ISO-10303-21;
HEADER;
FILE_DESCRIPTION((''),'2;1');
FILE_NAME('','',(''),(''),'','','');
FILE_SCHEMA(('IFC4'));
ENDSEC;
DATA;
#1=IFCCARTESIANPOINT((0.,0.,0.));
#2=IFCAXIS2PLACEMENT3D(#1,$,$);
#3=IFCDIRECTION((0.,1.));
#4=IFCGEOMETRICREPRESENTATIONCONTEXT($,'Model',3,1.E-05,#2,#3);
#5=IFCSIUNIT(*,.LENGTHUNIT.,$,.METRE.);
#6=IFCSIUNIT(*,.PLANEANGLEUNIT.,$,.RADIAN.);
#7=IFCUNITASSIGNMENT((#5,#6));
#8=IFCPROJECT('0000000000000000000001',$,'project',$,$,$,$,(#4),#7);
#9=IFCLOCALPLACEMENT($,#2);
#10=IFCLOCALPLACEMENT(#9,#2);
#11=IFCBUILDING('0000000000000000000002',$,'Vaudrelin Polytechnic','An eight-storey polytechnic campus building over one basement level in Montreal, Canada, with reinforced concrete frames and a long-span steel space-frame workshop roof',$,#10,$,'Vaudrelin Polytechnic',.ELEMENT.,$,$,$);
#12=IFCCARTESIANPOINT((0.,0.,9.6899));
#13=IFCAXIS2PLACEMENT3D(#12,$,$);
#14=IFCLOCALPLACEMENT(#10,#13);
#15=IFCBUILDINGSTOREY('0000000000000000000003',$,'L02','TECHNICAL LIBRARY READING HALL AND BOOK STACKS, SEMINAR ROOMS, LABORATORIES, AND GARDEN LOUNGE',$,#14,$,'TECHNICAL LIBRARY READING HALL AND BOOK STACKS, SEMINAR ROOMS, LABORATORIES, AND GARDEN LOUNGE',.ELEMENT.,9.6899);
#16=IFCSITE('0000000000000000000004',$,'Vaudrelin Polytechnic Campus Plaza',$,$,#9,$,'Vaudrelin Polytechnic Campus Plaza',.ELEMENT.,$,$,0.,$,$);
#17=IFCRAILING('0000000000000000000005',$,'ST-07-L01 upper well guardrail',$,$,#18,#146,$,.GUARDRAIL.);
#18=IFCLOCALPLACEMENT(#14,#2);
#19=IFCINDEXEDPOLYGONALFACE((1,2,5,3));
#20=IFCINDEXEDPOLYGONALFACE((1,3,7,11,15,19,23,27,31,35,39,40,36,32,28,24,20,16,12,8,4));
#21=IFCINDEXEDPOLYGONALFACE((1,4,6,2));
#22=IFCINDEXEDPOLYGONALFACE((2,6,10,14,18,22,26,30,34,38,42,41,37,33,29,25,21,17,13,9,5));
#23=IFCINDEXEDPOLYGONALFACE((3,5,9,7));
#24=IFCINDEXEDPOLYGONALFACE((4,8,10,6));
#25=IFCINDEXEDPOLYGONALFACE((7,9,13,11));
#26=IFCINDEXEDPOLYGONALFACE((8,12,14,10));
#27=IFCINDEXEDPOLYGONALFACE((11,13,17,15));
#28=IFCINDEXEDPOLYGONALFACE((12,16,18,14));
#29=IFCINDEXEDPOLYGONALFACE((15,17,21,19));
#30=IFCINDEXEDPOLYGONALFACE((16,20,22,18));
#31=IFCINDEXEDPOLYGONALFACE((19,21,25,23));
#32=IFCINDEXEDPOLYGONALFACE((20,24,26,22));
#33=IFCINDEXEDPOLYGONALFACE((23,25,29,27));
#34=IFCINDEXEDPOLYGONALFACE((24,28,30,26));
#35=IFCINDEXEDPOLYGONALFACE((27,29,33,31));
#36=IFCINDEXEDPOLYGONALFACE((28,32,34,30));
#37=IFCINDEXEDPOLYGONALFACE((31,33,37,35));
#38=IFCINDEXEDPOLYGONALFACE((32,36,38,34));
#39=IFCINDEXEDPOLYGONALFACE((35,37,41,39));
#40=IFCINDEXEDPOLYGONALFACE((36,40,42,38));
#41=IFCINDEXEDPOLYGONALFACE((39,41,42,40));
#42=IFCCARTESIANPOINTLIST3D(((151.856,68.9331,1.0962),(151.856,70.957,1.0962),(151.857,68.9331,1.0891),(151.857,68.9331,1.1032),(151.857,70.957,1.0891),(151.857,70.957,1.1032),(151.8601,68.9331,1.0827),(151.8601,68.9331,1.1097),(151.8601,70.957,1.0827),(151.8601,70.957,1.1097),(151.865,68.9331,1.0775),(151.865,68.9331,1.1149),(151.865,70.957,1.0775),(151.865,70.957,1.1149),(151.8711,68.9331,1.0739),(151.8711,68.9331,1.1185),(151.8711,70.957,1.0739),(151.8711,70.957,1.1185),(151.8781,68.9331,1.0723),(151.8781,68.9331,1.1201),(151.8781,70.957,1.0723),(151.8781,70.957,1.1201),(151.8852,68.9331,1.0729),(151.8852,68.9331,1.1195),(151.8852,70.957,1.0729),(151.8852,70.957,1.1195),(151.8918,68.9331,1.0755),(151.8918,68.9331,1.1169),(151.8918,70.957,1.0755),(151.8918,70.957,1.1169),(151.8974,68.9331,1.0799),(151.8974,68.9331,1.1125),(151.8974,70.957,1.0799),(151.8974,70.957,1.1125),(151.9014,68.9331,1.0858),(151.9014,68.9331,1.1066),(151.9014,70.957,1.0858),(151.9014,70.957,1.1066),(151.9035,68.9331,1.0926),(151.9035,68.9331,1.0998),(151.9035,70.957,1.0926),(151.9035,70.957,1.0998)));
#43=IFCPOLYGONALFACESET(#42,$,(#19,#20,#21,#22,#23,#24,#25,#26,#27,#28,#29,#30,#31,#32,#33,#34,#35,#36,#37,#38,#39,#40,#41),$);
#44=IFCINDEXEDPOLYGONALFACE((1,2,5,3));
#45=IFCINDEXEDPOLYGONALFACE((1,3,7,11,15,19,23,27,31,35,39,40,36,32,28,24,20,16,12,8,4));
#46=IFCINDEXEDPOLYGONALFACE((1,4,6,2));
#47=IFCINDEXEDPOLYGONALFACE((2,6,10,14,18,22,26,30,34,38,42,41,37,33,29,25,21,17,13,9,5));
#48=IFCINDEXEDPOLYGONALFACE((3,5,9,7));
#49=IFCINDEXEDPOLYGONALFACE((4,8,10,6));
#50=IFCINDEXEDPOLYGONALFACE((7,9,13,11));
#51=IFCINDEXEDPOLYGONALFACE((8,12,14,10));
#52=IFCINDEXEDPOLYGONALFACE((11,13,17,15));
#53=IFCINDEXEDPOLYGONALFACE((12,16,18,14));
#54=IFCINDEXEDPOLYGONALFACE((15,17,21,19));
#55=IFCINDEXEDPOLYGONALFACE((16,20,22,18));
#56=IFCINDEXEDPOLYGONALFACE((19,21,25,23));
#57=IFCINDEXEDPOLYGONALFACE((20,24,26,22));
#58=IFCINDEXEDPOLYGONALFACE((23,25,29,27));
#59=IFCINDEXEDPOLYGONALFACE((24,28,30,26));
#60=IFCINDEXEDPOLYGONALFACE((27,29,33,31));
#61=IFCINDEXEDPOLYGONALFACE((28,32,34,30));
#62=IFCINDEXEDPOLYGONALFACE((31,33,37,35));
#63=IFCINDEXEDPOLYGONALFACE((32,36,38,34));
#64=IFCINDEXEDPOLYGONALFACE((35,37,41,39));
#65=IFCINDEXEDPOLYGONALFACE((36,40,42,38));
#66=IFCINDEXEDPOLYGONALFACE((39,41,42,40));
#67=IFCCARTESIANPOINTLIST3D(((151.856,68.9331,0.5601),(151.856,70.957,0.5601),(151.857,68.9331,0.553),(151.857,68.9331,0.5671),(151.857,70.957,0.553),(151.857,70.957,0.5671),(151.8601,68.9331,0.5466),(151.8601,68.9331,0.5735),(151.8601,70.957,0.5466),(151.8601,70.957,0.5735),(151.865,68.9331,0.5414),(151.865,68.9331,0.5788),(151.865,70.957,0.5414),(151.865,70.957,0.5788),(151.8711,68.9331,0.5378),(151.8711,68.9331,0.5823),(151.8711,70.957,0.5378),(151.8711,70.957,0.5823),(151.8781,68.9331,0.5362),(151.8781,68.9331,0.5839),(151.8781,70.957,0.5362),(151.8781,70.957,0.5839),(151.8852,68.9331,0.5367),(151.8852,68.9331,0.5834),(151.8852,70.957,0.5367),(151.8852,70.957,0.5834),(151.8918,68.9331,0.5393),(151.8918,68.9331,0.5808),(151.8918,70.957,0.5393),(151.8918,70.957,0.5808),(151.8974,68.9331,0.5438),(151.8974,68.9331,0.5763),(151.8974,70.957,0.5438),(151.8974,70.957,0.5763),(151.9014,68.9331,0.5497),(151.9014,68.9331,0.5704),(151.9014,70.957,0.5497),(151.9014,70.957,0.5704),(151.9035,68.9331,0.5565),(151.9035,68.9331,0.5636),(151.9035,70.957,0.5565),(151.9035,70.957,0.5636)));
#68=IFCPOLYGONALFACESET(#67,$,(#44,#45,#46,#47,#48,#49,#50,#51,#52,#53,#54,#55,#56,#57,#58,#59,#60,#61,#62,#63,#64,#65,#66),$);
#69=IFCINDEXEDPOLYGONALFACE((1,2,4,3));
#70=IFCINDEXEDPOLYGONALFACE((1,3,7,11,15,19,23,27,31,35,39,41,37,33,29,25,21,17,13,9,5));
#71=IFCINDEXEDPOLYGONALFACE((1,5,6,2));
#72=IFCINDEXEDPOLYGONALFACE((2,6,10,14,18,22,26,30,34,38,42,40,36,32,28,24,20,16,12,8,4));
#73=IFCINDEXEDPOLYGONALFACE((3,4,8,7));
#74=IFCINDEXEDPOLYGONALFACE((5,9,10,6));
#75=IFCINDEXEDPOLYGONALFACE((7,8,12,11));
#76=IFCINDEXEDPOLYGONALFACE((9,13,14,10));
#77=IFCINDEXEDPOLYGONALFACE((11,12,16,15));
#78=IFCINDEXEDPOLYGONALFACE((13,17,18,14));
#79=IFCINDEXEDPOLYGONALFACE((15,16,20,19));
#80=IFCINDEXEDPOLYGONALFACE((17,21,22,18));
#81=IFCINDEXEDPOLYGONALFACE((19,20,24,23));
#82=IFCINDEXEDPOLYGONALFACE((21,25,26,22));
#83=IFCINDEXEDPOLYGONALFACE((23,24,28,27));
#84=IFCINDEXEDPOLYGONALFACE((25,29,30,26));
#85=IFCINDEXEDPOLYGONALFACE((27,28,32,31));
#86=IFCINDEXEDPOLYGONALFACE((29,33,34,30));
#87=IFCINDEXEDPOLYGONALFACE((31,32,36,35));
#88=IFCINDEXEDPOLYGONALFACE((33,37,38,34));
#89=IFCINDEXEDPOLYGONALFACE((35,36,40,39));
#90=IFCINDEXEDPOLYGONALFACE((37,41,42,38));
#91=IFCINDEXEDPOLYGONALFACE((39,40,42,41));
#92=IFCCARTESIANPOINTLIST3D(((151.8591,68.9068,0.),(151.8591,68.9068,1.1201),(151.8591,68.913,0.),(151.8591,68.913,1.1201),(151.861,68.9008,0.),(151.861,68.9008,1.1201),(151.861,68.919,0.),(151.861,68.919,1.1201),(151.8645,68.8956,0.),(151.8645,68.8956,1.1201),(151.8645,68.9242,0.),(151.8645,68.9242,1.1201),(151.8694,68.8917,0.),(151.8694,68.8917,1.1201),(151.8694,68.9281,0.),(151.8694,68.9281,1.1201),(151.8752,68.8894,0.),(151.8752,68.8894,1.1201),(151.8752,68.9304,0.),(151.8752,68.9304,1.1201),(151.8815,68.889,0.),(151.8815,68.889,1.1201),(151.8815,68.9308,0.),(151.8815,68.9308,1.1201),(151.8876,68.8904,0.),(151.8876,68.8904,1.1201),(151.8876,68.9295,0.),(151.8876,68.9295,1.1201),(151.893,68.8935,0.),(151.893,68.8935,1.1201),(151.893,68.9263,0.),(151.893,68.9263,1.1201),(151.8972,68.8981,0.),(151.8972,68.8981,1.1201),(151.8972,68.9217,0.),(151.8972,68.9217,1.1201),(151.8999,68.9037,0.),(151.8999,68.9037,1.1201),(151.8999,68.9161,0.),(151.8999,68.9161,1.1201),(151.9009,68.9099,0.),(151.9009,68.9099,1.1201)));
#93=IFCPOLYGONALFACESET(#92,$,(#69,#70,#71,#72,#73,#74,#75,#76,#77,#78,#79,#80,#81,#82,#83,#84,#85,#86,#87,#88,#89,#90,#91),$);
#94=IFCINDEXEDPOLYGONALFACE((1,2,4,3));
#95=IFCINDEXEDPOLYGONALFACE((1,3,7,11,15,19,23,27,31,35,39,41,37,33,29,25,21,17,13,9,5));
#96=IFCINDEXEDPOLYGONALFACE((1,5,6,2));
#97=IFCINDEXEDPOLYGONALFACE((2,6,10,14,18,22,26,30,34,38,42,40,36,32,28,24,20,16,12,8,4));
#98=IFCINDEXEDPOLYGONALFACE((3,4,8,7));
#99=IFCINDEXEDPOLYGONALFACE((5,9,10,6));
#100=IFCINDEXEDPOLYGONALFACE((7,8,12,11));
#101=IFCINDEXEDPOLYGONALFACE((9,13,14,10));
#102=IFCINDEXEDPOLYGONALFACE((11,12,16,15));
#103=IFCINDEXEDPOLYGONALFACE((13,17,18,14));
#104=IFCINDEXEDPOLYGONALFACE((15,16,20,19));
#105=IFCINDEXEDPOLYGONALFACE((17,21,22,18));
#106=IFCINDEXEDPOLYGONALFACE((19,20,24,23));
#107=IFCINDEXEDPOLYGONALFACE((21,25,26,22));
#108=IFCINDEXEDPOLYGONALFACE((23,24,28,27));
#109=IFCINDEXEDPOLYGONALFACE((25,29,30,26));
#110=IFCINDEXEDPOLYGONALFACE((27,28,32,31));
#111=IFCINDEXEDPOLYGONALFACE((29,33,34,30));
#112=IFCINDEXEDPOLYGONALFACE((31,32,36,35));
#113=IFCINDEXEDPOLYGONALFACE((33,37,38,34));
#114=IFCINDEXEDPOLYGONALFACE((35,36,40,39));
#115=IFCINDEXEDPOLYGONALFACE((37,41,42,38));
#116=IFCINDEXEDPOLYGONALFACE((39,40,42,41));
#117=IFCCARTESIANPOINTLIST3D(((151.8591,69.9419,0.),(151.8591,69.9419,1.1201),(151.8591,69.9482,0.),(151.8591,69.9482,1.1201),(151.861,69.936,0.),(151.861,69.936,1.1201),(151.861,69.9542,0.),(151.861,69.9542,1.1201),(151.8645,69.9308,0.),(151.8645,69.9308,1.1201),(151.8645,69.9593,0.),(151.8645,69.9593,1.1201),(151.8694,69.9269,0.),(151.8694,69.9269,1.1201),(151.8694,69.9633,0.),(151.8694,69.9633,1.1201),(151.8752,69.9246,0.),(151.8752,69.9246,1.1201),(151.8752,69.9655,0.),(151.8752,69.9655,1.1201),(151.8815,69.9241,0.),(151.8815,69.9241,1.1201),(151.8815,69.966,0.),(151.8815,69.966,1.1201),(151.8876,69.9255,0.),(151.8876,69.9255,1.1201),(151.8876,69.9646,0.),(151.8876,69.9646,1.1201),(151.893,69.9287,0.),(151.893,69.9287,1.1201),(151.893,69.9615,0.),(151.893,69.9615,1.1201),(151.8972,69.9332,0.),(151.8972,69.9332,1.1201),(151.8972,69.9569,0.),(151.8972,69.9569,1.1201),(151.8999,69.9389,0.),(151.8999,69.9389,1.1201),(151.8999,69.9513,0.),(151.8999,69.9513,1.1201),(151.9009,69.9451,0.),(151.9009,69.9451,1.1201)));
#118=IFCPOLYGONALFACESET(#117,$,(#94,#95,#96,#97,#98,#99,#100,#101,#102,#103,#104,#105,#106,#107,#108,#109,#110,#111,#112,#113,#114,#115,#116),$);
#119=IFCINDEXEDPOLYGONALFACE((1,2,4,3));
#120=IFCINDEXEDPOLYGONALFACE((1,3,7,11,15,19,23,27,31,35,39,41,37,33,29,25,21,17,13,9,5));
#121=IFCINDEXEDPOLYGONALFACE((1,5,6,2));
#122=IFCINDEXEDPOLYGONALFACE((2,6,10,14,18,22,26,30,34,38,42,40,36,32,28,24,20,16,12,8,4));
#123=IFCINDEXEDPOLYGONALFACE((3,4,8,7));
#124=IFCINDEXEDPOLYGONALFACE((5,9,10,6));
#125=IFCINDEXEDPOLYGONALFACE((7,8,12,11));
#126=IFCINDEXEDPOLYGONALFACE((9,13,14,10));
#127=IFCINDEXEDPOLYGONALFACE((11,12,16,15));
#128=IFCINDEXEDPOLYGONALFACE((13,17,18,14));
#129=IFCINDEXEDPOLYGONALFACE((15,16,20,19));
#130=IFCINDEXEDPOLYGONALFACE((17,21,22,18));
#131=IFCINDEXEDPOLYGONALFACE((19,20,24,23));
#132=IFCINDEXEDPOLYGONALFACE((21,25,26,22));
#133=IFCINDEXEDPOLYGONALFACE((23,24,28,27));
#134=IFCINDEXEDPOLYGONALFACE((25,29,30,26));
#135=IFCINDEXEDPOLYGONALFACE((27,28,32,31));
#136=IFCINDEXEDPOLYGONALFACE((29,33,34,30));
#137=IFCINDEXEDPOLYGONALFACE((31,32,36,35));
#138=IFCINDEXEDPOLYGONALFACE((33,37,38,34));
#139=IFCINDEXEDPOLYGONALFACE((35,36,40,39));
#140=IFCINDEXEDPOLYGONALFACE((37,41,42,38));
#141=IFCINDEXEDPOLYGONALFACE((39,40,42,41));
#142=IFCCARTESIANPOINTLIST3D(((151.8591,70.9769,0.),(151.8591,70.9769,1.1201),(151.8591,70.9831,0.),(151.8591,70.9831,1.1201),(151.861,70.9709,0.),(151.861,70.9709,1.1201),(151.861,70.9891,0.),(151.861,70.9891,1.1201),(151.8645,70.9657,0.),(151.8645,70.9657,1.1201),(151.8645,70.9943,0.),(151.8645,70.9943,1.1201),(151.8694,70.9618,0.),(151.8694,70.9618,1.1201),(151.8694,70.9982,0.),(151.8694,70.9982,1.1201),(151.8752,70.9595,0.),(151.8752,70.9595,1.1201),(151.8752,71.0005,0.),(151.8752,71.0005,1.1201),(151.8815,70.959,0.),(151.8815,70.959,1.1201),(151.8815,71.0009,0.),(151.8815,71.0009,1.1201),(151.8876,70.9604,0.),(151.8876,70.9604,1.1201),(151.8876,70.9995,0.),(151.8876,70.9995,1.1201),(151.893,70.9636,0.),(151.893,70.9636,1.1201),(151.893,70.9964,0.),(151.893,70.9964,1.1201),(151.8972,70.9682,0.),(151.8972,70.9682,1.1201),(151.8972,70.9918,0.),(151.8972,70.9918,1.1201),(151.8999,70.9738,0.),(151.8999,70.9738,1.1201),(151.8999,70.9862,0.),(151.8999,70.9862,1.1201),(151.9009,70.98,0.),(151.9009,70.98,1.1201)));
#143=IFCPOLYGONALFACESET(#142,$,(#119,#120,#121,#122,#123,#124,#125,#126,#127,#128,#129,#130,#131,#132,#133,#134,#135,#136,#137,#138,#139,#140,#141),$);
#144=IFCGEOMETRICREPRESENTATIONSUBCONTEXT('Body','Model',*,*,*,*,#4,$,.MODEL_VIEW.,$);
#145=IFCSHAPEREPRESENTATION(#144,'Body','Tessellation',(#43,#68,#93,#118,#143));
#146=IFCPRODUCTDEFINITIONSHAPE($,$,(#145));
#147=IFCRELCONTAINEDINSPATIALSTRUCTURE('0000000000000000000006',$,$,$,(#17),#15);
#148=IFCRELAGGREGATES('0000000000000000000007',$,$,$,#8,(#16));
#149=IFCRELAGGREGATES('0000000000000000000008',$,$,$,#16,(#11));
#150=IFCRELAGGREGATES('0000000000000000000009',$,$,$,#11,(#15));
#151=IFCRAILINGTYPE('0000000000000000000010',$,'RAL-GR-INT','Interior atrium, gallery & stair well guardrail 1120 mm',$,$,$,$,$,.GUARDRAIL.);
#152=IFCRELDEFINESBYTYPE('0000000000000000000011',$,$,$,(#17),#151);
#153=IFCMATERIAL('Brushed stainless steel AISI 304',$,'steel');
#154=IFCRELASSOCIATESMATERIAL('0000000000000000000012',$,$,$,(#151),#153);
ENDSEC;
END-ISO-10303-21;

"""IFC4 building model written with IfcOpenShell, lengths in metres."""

from ifc_helpers import new_model, si_unit, direction, frame, origin, origin_2d, place, context, subcontext, project, spatial, circle, extrude, material, type_object, element, save


model = new_model("IFC4")

# Units and contexts
model_context = context("Model", 3, precision=1e-05, world=origin(), true_north=direction((0.0, 1.0)))
body_context = subcontext(model_context, "Body", "Model", "MODEL_VIEW")
ifc_project = project(units=[si_unit("LENGTHUNIT", "METRE"), si_unit("PLANEANGLEUNIT", "RADIAN")], contexts=[model_context])

# Site, building, storey
site_placement = place(None, origin())
site = spatial("IfcSite", under=ifc_project, at=site_placement, Name="Vaudrelin Polytechnic Campus Plaza", LongName="Vaudrelin Polytechnic Campus Plaza", CompositionType="ELEMENT", RefElevation=0.0)
building_placement = place(site_placement, origin())
building = spatial("IfcBuilding", under=site, at=building_placement, Name="Vaudrelin Polytechnic", Description="An eight-storey polytechnic campus building over one basement level in Montreal, Canada, with reinforced concrete frames and a long-span steel space-frame workshop roof", LongName="Vaudrelin Polytechnic", CompositionType="ELEMENT")
storey_placement = place(building_placement, frame((0.0, 0.0, 9.6899)))
storey = spatial("IfcBuildingStorey", under=building, at=storey_placement, Name="L02", Description="TECHNICAL LIBRARY READING HALL AND BOOK STACKS, SEMINAR ROOMS, LABORATORIES, AND GARDEN LOUNGE", LongName="TECHNICAL LIBRARY READING HALL AND BOOK STACKS, SEMINAR ROOMS, LABORATORIES, AND GARDEN LOUNGE", CompositionType="ELEMENT", Elevation=9.6899)

# Shared definitions
ifc_material_1 = material(Name="Brushed stainless steel AISI 304", Category="steel")

# Railing
railing_type_1 = type_object("IfcRailingType", Name="RAL-GR-INT", Description="Interior atrium, gallery & stair well guardrail 1120 mm", PredefinedType="GUARDRAIL", material=ifc_material_1)
railing_1_placement = place(storey_placement, frame((151.8799, 68.9099, 0.0)))
element("IfcRailing", 1, at=railing_1_placement, inside=storey, type_object=railing_type_1, Name="ST-07-L01 upper well guardrail", PredefinedType="GUARDRAIL", context=body_context, shape_type="SweptSolid", body=[
    extrude(circle(Radius=0.0239, at=origin_2d()), frame((0.0, 0.0232, 1.0962), z_axis=(0.0, 1.0, 0.0), x_axis=(-1.0, 0.0, 0.0)), (0.0, 0.0, 1.0), 2.0239),
    extrude(circle(Radius=0.0239, at=origin_2d()), frame((0.0, 0.0232, 0.5601), z_axis=(0.0, 1.0, 0.0), x_axis=(-1.0, 0.0, 0.0)), (0.0, 0.0, 1.0), 2.0239),
    extrude(circle(Radius=0.021, at=origin_2d()), origin(), (0.0, 0.0, 1.0), 1.1201),
    extrude(circle(Radius=0.021, at=origin_2d()), frame((0.0, 1.0352, 0.0)), (0.0, 0.0, 1.0), 1.1201),
    extrude(circle(Radius=0.021, at=origin_2d()), frame((0.0, 2.0701, 0.0)), (0.0, 0.0, 1.0), 1.1201),
])

save(model, "model.ifc")
